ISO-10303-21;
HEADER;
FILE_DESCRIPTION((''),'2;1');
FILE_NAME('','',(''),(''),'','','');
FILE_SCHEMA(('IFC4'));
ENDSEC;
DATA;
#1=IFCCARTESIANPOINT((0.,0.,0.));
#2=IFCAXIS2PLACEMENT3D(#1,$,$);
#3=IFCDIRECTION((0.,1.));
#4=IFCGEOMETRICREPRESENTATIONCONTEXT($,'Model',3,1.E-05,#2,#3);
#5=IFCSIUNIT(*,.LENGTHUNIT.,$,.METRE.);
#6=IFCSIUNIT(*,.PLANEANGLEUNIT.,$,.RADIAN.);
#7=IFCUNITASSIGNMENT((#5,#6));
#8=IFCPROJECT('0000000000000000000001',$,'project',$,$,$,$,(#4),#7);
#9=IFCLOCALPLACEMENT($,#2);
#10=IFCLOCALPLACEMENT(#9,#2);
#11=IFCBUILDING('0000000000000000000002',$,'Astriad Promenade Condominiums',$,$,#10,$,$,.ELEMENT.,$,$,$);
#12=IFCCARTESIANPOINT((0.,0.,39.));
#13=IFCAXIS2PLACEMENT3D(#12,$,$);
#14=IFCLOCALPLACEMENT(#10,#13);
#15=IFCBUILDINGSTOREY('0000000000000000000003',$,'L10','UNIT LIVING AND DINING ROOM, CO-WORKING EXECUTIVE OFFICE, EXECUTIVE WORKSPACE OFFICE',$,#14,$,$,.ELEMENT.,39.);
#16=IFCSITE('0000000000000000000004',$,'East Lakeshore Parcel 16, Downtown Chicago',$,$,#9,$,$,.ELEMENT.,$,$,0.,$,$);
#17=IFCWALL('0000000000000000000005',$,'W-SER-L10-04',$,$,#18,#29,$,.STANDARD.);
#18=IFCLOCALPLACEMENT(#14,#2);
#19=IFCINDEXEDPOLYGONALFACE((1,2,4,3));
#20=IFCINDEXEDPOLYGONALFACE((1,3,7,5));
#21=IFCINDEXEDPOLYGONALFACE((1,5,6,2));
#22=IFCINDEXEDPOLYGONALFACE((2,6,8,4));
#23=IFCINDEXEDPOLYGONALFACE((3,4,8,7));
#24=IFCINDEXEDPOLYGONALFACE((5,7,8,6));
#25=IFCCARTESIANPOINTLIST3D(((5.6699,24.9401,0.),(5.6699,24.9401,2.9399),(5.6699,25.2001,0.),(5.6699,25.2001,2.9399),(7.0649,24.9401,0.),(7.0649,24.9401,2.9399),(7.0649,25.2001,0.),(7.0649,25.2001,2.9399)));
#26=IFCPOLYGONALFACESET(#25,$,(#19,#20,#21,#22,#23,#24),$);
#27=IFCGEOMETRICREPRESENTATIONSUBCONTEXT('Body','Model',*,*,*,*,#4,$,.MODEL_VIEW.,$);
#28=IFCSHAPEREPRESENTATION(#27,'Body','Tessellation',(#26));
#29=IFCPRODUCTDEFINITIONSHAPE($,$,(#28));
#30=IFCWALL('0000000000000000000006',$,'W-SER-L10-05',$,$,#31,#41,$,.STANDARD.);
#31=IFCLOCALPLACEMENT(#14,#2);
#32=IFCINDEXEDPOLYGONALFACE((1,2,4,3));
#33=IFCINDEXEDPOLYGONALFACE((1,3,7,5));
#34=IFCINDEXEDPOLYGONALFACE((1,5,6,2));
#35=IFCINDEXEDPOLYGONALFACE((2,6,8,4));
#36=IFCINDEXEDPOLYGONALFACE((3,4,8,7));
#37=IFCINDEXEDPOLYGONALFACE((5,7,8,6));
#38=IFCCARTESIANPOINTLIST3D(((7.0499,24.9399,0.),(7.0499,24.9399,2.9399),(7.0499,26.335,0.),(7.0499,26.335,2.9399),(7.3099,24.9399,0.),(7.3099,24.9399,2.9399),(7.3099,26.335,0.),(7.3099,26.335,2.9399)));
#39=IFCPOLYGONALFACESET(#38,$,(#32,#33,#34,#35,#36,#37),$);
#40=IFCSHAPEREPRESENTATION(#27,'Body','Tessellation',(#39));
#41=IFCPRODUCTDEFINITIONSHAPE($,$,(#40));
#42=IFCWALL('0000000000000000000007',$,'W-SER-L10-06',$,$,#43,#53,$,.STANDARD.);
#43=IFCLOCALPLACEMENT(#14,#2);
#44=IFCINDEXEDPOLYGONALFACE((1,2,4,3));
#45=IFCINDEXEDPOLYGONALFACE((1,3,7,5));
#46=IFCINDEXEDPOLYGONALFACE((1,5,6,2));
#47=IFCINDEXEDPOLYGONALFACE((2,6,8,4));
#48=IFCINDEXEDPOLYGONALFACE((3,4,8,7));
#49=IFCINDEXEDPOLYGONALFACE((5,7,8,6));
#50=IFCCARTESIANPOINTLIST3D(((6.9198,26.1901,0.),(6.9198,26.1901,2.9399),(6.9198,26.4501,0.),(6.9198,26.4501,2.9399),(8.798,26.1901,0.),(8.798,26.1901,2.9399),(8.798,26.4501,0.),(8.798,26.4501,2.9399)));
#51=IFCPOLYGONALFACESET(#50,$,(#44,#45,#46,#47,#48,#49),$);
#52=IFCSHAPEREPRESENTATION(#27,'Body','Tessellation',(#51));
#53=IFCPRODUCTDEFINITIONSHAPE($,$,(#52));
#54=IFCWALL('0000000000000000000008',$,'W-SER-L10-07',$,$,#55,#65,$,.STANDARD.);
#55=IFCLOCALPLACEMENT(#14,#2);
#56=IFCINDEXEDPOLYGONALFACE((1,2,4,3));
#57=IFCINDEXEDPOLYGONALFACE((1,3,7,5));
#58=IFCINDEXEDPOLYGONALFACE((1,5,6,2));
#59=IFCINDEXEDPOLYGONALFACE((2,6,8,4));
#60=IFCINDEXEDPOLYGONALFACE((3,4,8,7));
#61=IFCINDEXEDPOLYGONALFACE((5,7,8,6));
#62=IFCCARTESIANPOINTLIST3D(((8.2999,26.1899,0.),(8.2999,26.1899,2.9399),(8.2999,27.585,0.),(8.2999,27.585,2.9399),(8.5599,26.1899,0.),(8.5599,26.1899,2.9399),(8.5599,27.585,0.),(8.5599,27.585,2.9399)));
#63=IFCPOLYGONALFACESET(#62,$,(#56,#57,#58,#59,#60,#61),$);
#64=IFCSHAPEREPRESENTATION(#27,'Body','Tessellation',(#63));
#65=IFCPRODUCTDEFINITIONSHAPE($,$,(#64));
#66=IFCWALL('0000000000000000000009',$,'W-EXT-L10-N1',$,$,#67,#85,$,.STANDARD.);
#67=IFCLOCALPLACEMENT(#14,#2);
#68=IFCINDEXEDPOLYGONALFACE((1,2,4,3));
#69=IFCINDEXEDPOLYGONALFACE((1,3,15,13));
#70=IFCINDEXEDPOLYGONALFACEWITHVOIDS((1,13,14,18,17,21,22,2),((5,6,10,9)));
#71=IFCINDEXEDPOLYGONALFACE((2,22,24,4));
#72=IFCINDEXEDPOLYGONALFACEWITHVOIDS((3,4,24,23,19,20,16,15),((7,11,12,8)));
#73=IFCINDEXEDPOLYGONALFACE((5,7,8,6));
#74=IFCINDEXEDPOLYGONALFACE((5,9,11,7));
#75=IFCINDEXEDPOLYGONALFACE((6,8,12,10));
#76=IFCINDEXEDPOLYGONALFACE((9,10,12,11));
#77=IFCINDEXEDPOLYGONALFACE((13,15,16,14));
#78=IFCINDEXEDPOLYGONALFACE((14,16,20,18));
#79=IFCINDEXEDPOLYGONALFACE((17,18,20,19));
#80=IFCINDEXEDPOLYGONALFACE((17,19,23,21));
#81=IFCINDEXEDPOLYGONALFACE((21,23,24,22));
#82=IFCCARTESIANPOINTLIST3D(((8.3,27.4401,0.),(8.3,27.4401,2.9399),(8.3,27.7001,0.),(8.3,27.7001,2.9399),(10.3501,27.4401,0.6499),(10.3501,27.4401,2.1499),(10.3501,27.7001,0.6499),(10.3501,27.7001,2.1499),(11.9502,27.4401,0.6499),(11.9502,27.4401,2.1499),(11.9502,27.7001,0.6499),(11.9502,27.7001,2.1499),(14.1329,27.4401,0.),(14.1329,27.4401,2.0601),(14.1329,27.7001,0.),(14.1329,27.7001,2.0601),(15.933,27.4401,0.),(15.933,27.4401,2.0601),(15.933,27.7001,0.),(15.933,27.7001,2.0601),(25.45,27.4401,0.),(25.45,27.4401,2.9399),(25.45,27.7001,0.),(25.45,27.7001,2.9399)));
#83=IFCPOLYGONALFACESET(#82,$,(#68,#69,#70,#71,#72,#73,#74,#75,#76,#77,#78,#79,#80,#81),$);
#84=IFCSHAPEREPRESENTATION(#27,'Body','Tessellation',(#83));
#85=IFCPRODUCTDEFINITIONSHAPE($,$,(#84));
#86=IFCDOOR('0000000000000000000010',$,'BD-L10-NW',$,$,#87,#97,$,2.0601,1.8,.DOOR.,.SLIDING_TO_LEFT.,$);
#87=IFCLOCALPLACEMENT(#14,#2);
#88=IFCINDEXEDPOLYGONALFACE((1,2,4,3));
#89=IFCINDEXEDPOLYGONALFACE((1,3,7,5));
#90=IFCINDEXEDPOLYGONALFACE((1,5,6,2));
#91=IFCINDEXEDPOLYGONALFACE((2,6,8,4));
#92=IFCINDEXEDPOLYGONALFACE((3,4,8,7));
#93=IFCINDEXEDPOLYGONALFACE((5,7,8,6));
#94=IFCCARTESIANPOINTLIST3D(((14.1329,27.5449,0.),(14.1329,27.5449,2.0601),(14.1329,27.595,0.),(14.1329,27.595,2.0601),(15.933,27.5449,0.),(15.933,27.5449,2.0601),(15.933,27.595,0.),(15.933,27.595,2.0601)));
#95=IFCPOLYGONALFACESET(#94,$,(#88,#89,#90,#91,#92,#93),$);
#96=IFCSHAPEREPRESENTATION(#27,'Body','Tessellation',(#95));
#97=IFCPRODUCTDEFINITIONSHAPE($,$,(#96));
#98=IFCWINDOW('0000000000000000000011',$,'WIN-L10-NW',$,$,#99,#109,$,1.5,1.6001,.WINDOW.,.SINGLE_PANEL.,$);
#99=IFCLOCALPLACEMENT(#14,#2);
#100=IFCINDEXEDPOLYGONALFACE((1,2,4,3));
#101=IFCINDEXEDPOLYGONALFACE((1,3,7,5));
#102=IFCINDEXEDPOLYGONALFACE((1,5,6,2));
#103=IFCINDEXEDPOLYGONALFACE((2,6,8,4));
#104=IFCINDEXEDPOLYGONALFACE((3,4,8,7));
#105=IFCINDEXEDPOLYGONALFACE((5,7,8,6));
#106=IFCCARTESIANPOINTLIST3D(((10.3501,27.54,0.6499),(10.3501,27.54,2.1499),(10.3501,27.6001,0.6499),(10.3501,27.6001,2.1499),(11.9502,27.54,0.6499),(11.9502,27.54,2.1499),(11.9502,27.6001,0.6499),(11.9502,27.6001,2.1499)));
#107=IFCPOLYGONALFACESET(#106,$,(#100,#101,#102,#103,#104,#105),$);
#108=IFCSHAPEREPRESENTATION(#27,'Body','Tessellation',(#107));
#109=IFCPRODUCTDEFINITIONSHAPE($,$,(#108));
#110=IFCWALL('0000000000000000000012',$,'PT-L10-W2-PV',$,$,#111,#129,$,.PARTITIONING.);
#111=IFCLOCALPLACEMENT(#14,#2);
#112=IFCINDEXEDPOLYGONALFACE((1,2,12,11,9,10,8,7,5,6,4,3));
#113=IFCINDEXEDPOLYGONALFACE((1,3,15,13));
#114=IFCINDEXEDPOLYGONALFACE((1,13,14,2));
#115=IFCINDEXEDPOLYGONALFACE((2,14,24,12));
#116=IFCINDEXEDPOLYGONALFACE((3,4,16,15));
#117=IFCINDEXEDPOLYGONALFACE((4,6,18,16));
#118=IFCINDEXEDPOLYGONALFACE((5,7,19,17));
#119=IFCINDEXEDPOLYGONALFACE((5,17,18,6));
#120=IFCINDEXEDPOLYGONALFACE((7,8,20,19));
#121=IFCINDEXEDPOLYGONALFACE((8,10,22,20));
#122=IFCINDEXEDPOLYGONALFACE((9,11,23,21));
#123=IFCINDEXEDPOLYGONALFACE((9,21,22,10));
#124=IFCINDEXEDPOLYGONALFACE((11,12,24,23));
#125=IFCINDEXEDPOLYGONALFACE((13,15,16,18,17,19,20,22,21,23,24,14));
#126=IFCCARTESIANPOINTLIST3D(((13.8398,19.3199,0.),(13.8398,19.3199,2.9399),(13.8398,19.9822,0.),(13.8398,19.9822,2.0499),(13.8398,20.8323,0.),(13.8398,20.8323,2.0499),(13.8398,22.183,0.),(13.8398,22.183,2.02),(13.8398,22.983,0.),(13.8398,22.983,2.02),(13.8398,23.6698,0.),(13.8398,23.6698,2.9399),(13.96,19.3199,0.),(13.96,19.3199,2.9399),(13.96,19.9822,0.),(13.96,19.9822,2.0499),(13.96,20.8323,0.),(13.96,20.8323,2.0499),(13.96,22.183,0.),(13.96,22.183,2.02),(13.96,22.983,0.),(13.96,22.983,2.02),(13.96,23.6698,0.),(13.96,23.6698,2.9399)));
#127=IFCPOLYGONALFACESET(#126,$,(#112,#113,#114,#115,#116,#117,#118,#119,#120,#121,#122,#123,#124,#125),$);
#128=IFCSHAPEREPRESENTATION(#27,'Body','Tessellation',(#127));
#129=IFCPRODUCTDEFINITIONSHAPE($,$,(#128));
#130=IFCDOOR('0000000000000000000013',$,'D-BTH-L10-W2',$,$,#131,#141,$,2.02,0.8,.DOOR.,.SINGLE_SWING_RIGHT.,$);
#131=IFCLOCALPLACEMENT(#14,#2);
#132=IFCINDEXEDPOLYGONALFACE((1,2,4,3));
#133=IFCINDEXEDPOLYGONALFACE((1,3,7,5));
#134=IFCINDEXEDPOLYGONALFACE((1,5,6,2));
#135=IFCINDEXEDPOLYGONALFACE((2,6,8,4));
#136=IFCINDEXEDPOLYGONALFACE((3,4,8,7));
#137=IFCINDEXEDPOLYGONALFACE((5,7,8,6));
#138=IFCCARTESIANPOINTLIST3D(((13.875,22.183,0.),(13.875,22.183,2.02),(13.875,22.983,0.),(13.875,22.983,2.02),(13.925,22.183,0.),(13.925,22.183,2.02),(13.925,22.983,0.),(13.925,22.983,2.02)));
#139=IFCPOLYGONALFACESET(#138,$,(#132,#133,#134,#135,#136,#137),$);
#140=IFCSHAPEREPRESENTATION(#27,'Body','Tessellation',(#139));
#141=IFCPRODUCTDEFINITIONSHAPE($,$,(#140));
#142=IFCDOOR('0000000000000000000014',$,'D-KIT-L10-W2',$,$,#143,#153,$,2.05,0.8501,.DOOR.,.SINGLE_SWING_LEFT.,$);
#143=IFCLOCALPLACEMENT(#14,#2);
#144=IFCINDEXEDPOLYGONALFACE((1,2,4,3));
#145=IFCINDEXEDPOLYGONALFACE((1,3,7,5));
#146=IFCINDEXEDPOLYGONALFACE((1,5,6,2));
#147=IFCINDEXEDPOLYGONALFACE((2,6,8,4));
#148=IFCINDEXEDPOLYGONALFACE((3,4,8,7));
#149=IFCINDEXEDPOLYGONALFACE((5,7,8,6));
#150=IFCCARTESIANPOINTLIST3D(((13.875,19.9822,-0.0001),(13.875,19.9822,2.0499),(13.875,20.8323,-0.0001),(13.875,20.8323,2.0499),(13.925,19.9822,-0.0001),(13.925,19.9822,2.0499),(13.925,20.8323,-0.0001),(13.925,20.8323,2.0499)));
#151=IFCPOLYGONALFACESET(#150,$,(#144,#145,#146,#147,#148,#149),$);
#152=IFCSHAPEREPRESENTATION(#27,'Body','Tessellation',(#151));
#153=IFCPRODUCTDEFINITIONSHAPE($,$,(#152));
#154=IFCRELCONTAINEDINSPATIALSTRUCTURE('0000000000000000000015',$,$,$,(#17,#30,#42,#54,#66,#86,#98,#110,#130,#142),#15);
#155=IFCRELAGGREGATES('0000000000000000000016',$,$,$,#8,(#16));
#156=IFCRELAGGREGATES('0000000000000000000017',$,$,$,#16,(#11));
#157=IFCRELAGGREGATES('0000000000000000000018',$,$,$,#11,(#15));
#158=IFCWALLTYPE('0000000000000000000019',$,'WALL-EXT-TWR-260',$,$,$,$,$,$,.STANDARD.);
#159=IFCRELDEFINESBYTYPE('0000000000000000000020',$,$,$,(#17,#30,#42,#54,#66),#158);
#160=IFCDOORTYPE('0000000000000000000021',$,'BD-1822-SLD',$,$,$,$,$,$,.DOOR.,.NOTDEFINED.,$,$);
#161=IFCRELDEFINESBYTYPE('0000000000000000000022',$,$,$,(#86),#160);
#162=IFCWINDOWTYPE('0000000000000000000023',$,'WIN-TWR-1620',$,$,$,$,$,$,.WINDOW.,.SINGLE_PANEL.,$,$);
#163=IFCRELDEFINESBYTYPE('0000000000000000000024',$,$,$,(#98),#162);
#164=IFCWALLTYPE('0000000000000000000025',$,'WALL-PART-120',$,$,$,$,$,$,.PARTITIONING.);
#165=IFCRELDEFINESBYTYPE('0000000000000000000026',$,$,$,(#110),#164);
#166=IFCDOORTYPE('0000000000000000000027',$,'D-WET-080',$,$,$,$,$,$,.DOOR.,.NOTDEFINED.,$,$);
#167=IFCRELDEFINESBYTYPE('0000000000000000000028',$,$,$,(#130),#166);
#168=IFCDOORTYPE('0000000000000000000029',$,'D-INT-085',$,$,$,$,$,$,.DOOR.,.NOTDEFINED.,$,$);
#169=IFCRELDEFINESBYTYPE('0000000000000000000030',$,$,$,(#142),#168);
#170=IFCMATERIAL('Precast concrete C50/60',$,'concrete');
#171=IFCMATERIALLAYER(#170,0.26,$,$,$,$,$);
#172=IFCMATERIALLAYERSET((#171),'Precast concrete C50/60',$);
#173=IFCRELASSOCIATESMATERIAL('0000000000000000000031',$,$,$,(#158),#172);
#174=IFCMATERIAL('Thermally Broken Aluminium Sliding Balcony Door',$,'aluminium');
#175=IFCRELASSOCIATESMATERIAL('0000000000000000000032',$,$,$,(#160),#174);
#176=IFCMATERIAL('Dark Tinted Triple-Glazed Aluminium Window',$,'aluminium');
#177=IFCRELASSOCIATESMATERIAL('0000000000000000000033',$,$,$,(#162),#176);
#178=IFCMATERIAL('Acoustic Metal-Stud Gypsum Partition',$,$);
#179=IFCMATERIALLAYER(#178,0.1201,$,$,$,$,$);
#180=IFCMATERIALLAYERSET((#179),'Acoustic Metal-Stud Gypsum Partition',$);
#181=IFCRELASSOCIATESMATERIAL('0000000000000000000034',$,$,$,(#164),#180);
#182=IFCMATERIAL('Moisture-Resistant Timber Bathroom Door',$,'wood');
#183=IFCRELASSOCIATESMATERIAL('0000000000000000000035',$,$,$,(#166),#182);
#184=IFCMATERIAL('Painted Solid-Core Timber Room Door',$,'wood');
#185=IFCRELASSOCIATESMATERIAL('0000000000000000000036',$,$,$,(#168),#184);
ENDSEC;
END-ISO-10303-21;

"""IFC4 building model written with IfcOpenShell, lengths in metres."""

from ifc_helpers import new_model, si_unit, direction, frame, frame_2d, origin, place, context, subcontext, project, spatial, rectangle, extrude, source, transform, mapped, material, layer, layer_set, type_object, type_shapes, element, fill, save


model = new_model("IFC4")

# Units and contexts
model_context = context("Model", 3, precision=1e-05, world=origin(), true_north=direction((0.0, 1.0)))
body_context = subcontext(model_context, "Body", "Model", "MODEL_VIEW")
ifc_project = project(units=[si_unit("LENGTHUNIT", "METRE"), si_unit("PLANEANGLEUNIT", "RADIAN")], contexts=[model_context])

# Site, building, storey
site_placement = place(None, origin())
site = spatial("IfcSite", under=ifc_project, at=site_placement, Name="East Lakeshore Parcel 16, Downtown Chicago", CompositionType="ELEMENT", RefElevation=0.0)
building_placement = place(site_placement, origin())
building = spatial("IfcBuilding", under=site, at=building_placement, Name="Astriad Promenade Condominiums", CompositionType="ELEMENT")
storey_placement = place(building_placement, frame((0.0, 0.0, 39.0)))
storey = spatial("IfcBuildingStorey", under=building, at=storey_placement, Name="L10", Description="UNIT LIVING AND DINING ROOM, CO-WORKING EXECUTIVE OFFICE, EXECUTIVE WORKSPACE OFFICE", CompositionType="ELEMENT", Elevation=39.0)

# Walls
ifc_material_1 = material(Name="Precast concrete C50/60", Category="concrete")
ifc_layer_1 = layer(ifc_material_1, 0.26)
ifc_layer_set_1 = layer_set([ifc_layer_1], Name="Precast concrete C50/60")
wall_type_1 = type_object("IfcWallType", Name="WALL-EXT-TWR-260", PredefinedType="STANDARD", material=ifc_layer_set_1)
for number, where, z_axis, x_axis, name in (
    (1, (5.6699, 25.0701, 0.0), (0.0, 0.0, 1.0), (1.0, 0.0, 0.0), "W-SER-L10-04"),
    (2, (7.1799, 24.9399, 0.0), (0.0, 0.0, 1.0), (0.0, 1.0, 0.0), "W-SER-L10-05"),
):
    element("IfcWall", number, at=place(storey_placement, frame(where, z_axis=z_axis, x_axis=x_axis)), inside=storey, type_object=wall_type_1, Name=name, PredefinedType="STANDARD", context=body_context, shape_type="SweptSolid", body=[
        extrude(rectangle(XDim=1.395, YDim=0.26, at=frame_2d((0.6975, 0.0))), origin(), (0.0, 0.0, 1.0), 2.9399),
    ])
wall_1_placement = place(storey_placement, frame((6.9199, 26.3201, 0.0), z_axis=(0.0, 0.0, 1.0), x_axis=(1.0, 0.0, 0.0)))
element("IfcWall", 3, at=wall_1_placement, inside=storey, type_object=wall_type_1, Name="W-SER-L10-06", PredefinedType="STANDARD", context=body_context, shape_type="SweptSolid", body=[
    extrude(rectangle(XDim=1.8782, YDim=0.26, at=frame_2d((0.939, 0.0))), origin(), (0.0, 0.0, 1.0), 2.9399),
])
wall_2_placement = place(storey_placement, frame((8.4299, 26.1899, 0.0), z_axis=(0.0, 0.0, 1.0), x_axis=(0.0, 1.0, 0.0)))
element("IfcWall", 4, at=wall_2_placement, inside=storey, type_object=wall_type_1, Name="W-SER-L10-07", PredefinedType="STANDARD", context=body_context, shape_type="SweptSolid", body=[
    extrude(rectangle(XDim=1.395, YDim=0.26, at=frame_2d((0.6975, 0.0))), origin(), (0.0, 0.0, 1.0), 2.9399),
])

# Wall, openings, door, window
wall_3_placement = place(storey_placement, frame((8.3, 27.5701, 0.0), z_axis=(0.0, 0.0, 1.0), x_axis=(1.0, 0.0, 0.0)))
wall_3 = element("IfcWall", 5, at=wall_3_placement, inside=storey, type_object=wall_type_1, Name="W-EXT-L10-N1", PredefinedType="STANDARD", context=body_context, shape_type="SweptSolid", body=[
    extrude(rectangle(XDim=17.1499, YDim=0.26, at=frame_2d((8.575, 0.0))), origin(), (0.0, 0.0, 1.0), 2.9399),
])
opening_1_placement = place(wall_3_placement, frame((5.833, 0.0, 0.0)))
opening_1 = element("IfcOpeningElement", 6, at=opening_1_placement, cuts=wall_3, PredefinedType="OPENING", context=body_context, shape_type="SweptSolid", body=[
    extrude(rectangle(XDim=1.8, YDim=2.0601, at=frame_2d((0.8999, 1.03))), frame((0.0, 0.1399, 0.0), z_axis=(0.0, -1.0, 0.0), x_axis=(1.0, 0.0, 0.0)), (0.0, 0.0, 1.0), 0.28),
])
opening_2_placement = place(wall_3_placement, frame((2.05, 0.0, 0.6499)))
opening_2 = element("IfcOpeningElement", 7, at=opening_2_placement, cuts=wall_3, PredefinedType="OPENING", context=body_context, shape_type="SweptSolid", body=[
    extrude(rectangle(XDim=1.6001, YDim=1.5, at=frame_2d((0.8, 0.75))), frame((0.0, 0.1399, 0.0), z_axis=(0.0, -1.0, 0.0), x_axis=(1.0, 0.0, 0.0)), (0.0, 0.0, 1.0), 0.28),
])
ifc_material_2 = material(Name="Thermally Broken Aluminium Sliding Balcony Door", Category="aluminium")
door_type_1 = type_object("IfcDoorType", Name="BD-1822-SLD", OperationType="NOTDEFINED", PredefinedType="DOOR", material=ifc_material_2)
shared_shape_1 = source(origin(), body_context, "Body", "SweptSolid", [
    extrude(rectangle(XDim=1.8, YDim=2.0601, at=frame_2d((0.8999, 1.03))), frame((0.0, 0.0249, 0.0), z_axis=(0.0, -1.0, 0.0), x_axis=(1.0, 0.0, 0.0)), (0.0, 0.0, 1.0), 0.05),
])
type_shapes(door_type_1, [shared_shape_1])
door_1_placement = place(opening_1_placement, origin())
door_1 = element("IfcDoor", 8, at=door_1_placement, inside=storey, type_object=door_type_1, Name="BD-L10-NW", OperationType="SLIDING_TO_LEFT", OverallHeight=2.0601, OverallWidth=1.8, PredefinedType="DOOR", context=body_context, shape_type="MappedRepresentation", body=[
    mapped(shared_shape_1, transform((0.0, 0.0, 0.0), scale=1.0)),
])
fill(opening_1, door_1)
ifc_material_3 = material(Name="Dark Tinted Triple-Glazed Aluminium Window", Category="aluminium")
window_type = type_object("IfcWindowType", Name="WIN-TWR-1620", PartitioningType="SINGLE_PANEL", PredefinedType="WINDOW", material=ifc_material_3)
shared_shape_2 = source(origin(), body_context, "Body", "SweptSolid", [
    extrude(rectangle(XDim=1.6001, YDim=1.5, at=frame_2d((0.8, 0.75))), frame((0.0, 0.03, 0.0), z_axis=(0.0, -1.0, 0.0), x_axis=(1.0, 0.0, 0.0)), (0.0, 0.0, 1.0), 0.0601),
])
type_shapes(window_type, [shared_shape_2])
window_placement = place(opening_2_placement, origin())
window = element("IfcWindow", 9, at=window_placement, inside=storey, type_object=window_type, Name="WIN-L10-NW", OverallHeight=1.5, OverallWidth=1.6001, PartitioningType="SINGLE_PANEL", PredefinedType="WINDOW", context=body_context, shape_type="MappedRepresentation", body=[
    mapped(shared_shape_2, transform((0.0, 0.0, 0.0), scale=1.0)),
])
fill(opening_2, window)

# Wall, openings, doors
ifc_material_4 = material(Name="Acoustic Metal-Stud Gypsum Partition")
ifc_layer_2 = layer(ifc_material_4, 0.1201)
ifc_layer_set_2 = layer_set([ifc_layer_2], Name="Acoustic Metal-Stud Gypsum Partition")
wall_type_2 = type_object("IfcWallType", Name="WALL-PART-120", PredefinedType="PARTITIONING", material=ifc_layer_set_2)
wall_4_placement = place(storey_placement, frame((13.8999, 19.3201, 0.0), z_axis=(0.0, 0.0, 1.0), x_axis=(0.0, 1.0, 0.0)))
wall_4 = element("IfcWall", 10, at=wall_4_placement, inside=storey, type_object=wall_type_2, Name="PT-L10-W2-PV", PredefinedType="PARTITIONING", context=body_context, shape_type="SweptSolid", body=[
    extrude(rectangle(XDim=4.3499, YDim=0.1201, at=frame_2d((2.1748, 0.0))), origin(), (0.0, 0.0, 1.0), 2.9399),
])
opening_3_placement = place(wall_4_placement, frame((0.6621, 0.0, 0.0)))
opening_3 = element("IfcOpeningElement", 11, at=opening_3_placement, cuts=wall_4, PredefinedType="OPENING", context=body_context, shape_type="SweptSolid", body=[
    extrude(rectangle(XDim=0.8501, YDim=2.05, at=frame_2d((0.425, 1.0249))), frame((0.0, 0.0701, 0.0), z_axis=(0.0, -1.0, 0.0), x_axis=(1.0, 0.0, 0.0)), (0.0, 0.0, 1.0), 0.1401),
])
opening_4_placement = place(wall_4_placement, frame((2.863, 0.0, 0.0)))
opening_4 = element("IfcOpeningElement", 12, at=opening_4_placement, cuts=wall_4, PredefinedType="OPENING", context=body_context, shape_type="SweptSolid", body=[
    extrude(rectangle(XDim=0.8, YDim=2.02, at=frame_2d((0.3999, 1.01))), frame((0.0, 0.0701, 0.0), z_axis=(0.0, -1.0, 0.0), x_axis=(1.0, 0.0, 0.0)), (0.0, 0.0, 1.0), 0.1401),
])
ifc_material_5 = material(Name="Moisture-Resistant Timber Bathroom Door", Category="wood")
door_type_2 = type_object("IfcDoorType", Name="D-WET-080", OperationType="NOTDEFINED", PredefinedType="DOOR", material=ifc_material_5)
shared_shape_3 = source(origin(), body_context, "Body", "SweptSolid", [
    extrude(rectangle(XDim=0.8, YDim=2.02, at=frame_2d((0.3999, 1.01))), frame((0.0, 0.0249, 0.0), z_axis=(0.0, -1.0, 0.0), x_axis=(1.0, 0.0, 0.0)), (0.0, 0.0, 1.0), 0.05),
])
type_shapes(door_type_2, [shared_shape_3])
door_2_placement = place(opening_4_placement, origin())
door_2 = element("IfcDoor", 13, at=door_2_placement, inside=storey, type_object=door_type_2, Name="D-BTH-L10-W2", OperationType="SINGLE_SWING_RIGHT", OverallHeight=2.02, OverallWidth=0.8, PredefinedType="DOOR", context=body_context, shape_type="MappedRepresentation", body=[
    mapped(shared_shape_3, transform((0.0, 0.0, 0.0), scale=1.0)),
])
fill(opening_4, door_2)
ifc_material_6 = material(Name="Painted Solid-Core Timber Room Door", Category="wood")
door_type_3 = type_object("IfcDoorType", Name="D-INT-085", OperationType="NOTDEFINED", PredefinedType="DOOR", material=ifc_material_6)
shared_shape_4 = source(origin(), body_context, "Body", "SweptSolid", [
    extrude(rectangle(XDim=0.8501, YDim=2.05, at=frame_2d((0.425, 1.0249))), frame((0.0, 0.0249, 0.0), z_axis=(0.0, -1.0, 0.0), x_axis=(1.0, 0.0, 0.0)), (0.0, 0.0, 1.0), 0.05),
])
type_shapes(door_type_3, [shared_shape_4])
door_3_placement = place(opening_3_placement, origin())
door_3 = element("IfcDoor", 14, at=door_3_placement, inside=storey, type_object=door_type_3, Name="D-KIT-L10-W2", OperationType="SINGLE_SWING_LEFT", OverallHeight=2.05, OverallWidth=0.8501, PredefinedType="DOOR", context=body_context, shape_type="MappedRepresentation", body=[
    mapped(shared_shape_4, transform((0.0, 0.0, 0.0), scale=1.0)),
])
fill(opening_3, door_3)

save(model, "model.ifc")
